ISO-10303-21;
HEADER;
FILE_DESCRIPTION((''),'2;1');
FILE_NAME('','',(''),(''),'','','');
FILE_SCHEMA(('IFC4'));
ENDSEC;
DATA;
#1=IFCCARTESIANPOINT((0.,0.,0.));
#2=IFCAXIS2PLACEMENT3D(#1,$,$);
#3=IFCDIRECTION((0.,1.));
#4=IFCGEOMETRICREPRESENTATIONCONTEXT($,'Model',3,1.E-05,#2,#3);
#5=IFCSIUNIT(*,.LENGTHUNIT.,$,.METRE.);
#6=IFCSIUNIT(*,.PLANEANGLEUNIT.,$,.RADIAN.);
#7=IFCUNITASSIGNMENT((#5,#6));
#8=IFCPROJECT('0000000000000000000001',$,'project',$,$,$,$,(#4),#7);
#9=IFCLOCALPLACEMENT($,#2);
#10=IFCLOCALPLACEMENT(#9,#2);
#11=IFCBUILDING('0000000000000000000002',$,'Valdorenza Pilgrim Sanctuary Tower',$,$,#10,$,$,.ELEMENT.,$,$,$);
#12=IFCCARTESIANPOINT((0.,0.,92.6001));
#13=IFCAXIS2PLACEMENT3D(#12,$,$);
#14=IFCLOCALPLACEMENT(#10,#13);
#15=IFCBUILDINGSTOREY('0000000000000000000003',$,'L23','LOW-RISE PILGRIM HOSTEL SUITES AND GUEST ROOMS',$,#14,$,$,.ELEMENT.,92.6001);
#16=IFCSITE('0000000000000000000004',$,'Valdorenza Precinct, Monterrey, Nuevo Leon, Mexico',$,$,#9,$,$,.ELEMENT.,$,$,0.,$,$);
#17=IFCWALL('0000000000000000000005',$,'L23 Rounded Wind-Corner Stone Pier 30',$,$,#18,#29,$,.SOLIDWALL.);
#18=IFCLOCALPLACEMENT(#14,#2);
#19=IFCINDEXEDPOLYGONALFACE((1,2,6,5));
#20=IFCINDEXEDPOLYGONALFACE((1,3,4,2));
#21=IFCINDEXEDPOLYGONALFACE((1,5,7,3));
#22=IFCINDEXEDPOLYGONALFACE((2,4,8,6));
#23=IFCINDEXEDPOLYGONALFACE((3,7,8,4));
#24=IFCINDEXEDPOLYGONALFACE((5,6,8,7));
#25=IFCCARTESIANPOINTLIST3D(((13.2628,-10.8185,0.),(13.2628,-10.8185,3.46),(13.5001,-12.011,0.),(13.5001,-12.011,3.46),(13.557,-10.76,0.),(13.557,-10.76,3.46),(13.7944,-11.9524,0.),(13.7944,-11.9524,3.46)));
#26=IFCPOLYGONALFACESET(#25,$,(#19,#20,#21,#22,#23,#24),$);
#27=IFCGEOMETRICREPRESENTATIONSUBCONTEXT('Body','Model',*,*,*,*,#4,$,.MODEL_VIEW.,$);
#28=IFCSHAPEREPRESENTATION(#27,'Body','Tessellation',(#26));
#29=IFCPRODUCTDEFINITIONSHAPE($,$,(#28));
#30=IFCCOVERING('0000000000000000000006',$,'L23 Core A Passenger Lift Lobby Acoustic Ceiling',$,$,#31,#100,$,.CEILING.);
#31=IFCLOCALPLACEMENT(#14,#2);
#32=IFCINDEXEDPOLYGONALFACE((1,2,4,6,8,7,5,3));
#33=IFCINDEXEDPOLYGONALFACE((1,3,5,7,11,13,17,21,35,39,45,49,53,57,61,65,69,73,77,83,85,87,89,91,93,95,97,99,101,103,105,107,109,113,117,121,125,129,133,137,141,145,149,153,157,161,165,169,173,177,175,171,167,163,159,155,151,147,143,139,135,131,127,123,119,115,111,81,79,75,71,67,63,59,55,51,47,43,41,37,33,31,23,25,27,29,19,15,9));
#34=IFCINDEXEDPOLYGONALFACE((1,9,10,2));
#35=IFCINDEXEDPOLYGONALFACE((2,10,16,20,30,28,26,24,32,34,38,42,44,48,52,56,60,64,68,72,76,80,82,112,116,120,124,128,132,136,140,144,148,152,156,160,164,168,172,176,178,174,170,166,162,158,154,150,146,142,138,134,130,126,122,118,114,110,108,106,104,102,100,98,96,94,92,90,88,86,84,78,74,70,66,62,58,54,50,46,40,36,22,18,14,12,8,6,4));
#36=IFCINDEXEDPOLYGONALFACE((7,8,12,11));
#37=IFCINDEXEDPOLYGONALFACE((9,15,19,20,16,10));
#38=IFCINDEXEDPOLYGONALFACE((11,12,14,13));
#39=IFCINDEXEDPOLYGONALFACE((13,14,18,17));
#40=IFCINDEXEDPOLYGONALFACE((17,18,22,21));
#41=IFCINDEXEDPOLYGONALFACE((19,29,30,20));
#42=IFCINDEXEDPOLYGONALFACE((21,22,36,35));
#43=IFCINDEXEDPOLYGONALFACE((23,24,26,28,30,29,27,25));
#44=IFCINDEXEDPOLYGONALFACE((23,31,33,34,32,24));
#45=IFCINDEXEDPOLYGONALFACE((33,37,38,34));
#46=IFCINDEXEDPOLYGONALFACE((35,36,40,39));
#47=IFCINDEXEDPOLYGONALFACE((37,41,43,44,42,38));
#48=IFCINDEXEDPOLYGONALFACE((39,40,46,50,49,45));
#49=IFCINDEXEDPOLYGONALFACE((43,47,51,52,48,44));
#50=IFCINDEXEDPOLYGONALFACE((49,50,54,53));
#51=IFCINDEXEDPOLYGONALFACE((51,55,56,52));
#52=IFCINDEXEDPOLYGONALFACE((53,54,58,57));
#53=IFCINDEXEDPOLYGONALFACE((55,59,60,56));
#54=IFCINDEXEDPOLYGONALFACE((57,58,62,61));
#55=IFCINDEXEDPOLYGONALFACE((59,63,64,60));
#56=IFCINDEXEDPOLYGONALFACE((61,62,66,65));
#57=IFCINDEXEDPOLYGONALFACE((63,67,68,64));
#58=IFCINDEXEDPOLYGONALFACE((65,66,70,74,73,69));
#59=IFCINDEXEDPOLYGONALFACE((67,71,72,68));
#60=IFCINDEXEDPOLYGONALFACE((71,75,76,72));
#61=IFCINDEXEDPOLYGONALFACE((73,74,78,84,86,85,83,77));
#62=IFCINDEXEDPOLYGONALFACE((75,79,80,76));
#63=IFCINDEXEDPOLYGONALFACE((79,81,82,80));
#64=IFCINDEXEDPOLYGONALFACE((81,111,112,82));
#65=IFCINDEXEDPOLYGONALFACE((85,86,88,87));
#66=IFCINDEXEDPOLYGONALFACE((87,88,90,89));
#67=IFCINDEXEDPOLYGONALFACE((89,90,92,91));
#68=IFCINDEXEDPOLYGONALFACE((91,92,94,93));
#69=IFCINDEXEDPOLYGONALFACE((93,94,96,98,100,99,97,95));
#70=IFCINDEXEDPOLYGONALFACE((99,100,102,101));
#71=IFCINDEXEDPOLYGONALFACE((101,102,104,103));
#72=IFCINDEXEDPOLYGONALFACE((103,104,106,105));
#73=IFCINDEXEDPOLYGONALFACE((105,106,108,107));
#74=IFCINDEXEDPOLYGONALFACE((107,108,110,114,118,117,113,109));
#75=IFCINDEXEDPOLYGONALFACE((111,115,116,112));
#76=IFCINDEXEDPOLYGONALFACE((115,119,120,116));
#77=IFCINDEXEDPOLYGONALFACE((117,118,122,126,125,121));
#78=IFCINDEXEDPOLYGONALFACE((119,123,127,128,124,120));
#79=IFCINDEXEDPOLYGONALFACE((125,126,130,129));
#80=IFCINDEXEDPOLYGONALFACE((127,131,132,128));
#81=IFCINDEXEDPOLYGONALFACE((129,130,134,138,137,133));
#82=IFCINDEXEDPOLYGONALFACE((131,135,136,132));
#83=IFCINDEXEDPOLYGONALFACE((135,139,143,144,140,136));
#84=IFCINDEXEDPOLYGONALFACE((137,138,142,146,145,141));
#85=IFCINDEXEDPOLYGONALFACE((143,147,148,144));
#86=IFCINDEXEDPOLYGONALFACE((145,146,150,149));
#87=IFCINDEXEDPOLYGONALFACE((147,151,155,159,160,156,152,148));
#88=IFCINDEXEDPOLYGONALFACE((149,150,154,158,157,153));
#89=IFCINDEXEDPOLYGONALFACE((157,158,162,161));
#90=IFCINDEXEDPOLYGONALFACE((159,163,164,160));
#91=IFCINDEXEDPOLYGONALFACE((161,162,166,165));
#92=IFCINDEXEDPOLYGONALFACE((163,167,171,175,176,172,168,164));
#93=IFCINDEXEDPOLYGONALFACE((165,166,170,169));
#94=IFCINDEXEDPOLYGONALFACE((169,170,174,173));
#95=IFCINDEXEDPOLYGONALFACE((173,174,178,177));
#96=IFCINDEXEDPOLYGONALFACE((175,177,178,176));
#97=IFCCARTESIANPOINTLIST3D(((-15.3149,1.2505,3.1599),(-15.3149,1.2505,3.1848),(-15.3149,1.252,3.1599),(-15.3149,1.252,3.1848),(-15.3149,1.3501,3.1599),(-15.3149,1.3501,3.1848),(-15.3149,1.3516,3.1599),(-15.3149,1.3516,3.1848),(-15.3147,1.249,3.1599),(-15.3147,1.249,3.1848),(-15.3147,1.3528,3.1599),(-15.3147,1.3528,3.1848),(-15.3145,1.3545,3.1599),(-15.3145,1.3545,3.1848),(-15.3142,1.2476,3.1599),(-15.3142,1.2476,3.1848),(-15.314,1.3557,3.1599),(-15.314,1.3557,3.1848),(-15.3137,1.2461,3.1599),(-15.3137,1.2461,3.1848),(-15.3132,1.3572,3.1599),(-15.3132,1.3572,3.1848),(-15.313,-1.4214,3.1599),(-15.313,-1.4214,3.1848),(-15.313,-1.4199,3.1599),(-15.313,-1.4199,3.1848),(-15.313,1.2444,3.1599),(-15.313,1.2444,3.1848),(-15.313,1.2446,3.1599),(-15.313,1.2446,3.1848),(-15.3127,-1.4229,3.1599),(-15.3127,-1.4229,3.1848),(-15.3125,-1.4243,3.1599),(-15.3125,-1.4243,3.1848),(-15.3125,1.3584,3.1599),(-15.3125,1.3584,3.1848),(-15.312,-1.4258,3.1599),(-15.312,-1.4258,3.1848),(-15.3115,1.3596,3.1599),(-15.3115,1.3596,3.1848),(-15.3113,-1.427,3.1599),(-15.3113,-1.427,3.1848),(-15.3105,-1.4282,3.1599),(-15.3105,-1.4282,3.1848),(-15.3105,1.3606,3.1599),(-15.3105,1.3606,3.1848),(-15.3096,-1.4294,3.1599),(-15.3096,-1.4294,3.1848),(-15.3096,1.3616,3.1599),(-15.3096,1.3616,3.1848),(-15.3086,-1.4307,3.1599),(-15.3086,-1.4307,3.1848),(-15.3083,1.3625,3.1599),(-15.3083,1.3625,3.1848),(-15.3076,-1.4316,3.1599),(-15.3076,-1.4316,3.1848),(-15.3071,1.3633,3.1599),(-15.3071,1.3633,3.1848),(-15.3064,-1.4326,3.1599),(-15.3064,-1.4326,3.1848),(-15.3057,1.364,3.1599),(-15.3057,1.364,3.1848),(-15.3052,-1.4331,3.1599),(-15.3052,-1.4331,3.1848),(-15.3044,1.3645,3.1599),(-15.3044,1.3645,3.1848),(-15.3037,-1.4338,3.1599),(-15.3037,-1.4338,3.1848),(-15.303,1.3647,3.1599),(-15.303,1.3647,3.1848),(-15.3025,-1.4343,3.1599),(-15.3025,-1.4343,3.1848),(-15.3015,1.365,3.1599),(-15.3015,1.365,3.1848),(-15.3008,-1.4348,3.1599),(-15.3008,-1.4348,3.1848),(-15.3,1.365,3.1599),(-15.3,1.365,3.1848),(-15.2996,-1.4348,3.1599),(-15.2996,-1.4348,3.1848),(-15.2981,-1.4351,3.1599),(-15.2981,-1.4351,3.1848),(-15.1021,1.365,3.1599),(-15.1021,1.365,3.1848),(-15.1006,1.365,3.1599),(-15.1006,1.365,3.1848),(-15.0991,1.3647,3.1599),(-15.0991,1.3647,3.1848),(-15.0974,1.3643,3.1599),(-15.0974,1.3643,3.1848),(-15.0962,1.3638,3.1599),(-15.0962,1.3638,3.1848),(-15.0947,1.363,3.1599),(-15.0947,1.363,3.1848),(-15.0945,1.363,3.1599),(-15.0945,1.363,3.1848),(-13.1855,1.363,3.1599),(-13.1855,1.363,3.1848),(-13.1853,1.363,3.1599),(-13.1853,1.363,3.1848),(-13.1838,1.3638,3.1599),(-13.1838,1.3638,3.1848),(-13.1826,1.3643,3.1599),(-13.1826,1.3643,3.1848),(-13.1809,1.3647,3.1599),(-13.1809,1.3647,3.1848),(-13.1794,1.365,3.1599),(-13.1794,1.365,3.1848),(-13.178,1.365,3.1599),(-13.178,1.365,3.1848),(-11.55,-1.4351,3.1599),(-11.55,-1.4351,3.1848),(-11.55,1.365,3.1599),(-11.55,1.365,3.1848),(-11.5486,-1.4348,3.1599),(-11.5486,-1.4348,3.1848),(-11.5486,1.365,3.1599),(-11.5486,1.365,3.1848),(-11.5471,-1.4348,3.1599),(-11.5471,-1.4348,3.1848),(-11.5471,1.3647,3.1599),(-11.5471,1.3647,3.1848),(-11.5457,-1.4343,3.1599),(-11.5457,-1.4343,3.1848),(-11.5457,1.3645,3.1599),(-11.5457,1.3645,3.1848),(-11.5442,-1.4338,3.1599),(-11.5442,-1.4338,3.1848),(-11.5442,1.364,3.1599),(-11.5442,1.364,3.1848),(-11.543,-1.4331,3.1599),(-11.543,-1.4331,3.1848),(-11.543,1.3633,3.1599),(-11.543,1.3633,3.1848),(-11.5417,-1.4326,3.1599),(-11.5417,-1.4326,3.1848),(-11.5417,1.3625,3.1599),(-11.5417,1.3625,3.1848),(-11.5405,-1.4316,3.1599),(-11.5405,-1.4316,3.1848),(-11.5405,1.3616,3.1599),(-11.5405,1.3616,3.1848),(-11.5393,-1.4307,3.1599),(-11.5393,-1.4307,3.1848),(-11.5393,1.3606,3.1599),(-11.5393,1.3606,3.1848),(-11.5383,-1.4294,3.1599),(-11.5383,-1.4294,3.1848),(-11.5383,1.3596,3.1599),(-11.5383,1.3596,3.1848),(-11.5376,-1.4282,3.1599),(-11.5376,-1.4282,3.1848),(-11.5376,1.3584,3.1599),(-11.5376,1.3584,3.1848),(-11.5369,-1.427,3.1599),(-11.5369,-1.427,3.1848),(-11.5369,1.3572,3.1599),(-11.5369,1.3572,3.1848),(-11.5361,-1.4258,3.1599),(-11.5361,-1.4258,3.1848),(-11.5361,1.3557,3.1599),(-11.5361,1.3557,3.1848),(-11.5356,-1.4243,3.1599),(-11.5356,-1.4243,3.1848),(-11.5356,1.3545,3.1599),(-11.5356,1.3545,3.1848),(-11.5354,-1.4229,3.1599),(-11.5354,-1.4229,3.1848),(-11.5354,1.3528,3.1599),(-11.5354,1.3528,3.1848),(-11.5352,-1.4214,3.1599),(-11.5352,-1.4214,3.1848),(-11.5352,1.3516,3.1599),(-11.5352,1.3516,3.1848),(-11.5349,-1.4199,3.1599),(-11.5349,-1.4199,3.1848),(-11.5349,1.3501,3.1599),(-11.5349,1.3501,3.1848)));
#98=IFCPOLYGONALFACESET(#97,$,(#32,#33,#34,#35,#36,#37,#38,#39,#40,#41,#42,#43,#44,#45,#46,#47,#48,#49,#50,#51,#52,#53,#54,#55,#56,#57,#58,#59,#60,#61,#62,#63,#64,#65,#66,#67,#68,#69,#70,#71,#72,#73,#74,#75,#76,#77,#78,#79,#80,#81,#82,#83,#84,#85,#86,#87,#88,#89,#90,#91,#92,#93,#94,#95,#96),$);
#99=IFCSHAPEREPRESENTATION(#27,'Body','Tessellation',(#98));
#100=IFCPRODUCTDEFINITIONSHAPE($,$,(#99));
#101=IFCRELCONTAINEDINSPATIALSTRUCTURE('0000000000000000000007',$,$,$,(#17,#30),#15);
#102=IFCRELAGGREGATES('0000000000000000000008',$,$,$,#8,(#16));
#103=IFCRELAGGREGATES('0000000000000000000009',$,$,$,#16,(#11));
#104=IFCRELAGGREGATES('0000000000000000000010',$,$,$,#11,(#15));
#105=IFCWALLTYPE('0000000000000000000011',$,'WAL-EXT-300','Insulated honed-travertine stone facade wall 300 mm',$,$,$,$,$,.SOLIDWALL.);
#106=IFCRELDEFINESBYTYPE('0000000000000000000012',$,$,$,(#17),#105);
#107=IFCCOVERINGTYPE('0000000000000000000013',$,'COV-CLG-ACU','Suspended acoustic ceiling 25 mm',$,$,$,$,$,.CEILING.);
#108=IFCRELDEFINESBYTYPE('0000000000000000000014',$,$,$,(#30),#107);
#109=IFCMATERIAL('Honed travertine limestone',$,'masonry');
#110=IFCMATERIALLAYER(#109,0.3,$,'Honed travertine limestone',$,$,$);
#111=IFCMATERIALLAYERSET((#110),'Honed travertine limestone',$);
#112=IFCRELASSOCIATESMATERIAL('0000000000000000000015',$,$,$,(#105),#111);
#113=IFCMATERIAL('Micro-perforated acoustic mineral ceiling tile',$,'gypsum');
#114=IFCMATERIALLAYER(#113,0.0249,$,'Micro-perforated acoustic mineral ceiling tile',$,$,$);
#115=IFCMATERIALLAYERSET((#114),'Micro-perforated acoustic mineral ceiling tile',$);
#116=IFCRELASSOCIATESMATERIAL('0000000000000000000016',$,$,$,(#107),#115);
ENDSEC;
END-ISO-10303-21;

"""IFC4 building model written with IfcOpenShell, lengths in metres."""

from ifc_helpers import new_model, si_unit, direction, frame, frame_2d, origin, place, context, subcontext, project, spatial, polyline, rectangle, outline, extrude, material, layer, layer_set, type_object, element, save


model = new_model("IFC4")

# Units and contexts
model_context = context("Model", 3, precision=1e-05, world=origin(), true_north=direction((0.0, 1.0)))
body_context = subcontext(model_context, "Body", "Model", "MODEL_VIEW")
ifc_project = project(units=[si_unit("LENGTHUNIT", "METRE"), si_unit("PLANEANGLEUNIT", "RADIAN")], contexts=[model_context])

# Site, building, storey
site_placement = place(None, origin())
site = spatial("IfcSite", under=ifc_project, at=site_placement, Name="Valdorenza Precinct, Monterrey, Nuevo Leon, Mexico", CompositionType="ELEMENT", RefElevation=0.0)
building_placement = place(site_placement, origin())
building = spatial("IfcBuilding", under=site, at=building_placement, Name="Valdorenza Pilgrim Sanctuary Tower", CompositionType="ELEMENT")
storey_placement = place(building_placement, frame((0.0, 0.0, 92.6001)))
storey = spatial("IfcBuildingStorey", under=building, at=storey_placement, Name="L23", Description="LOW-RISE PILGRIM HOSTEL SUITES AND GUEST ROOMS", CompositionType="ELEMENT", Elevation=92.6001)

# Shared definitions
ifc_material_1 = material(Name="Honed travertine limestone", Category="masonry")

# Wall
ifc_layer_1 = layer(ifc_material_1, 0.3, Name="Honed travertine limestone")
ifc_layer_set_1 = layer_set([ifc_layer_1], Name="Honed travertine limestone")
wall_type_1 = type_object("IfcWallType", Name="WAL-EXT-300", Description="Insulated honed-travertine stone facade wall 300 mm", PredefinedType="SOLIDWALL", material=ifc_layer_set_1)
wall_1_placement = place(storey_placement, frame((13.6472, -11.9817, 0.0), z_axis=(0.0, 0.0, 1.0), x_axis=(-0.195189, 0.980766, 0.0)))
element("IfcWall", 1, at=wall_1_placement, inside=storey, type_object=wall_type_1, Name="L23 Rounded Wind-Corner Stone Pier 30", PredefinedType="SOLIDWALL", context=body_context, shape_type="SweptSolid", body=[
    extrude(rectangle(XDim=1.2158, YDim=0.3, at=frame_2d((0.6079, 0.0))), origin(), (0.0, 0.0, 1.0), 3.46),
])

# Covering
ifc_material_2 = material(Name="Micro-perforated acoustic mineral ceiling tile", Category="gypsum")
ifc_layer_2 = layer(ifc_material_2, 0.0249, Name="Micro-perforated acoustic mineral ceiling tile")
ifc_layer_set_2 = layer_set([ifc_layer_2], Name="Micro-perforated acoustic mineral ceiling tile")
covering_type_1 = type_object("IfcCoveringType", Name="COV-CLG-ACU", Description="Suspended acoustic ceiling 25 mm", PredefinedType="CEILING", material=ifc_layer_set_2)
covering_1_placement = place(storey_placement, frame((0.0, 0.0, 3.1599)))
element("IfcCovering", 2, at=covering_1_placement, inside=storey, type_object=covering_type_1, Name="L23 Core A Passenger Lift Lobby Acoustic Ceiling", PredefinedType="CEILING", context=body_context, shape_type="SweptSolid", body=[
    extrude(outline(polyline([(-15.313, 1.2444), (-15.313, 1.2446), (-15.3137, 1.2461), (-15.3142, 1.2476), (-15.3147, 1.249), (-15.3149, 1.2505), (-15.3149, 1.252), (-15.3149, 1.3501), (-15.3149, 1.3516), (-15.3147, 1.3528), (-15.3145, 1.3545), (-15.314, 1.3557), (-15.3132, 1.3572), (-15.3125, 1.3584), (-15.3115, 1.3596), (-15.3105, 1.3606), (-15.3096, 1.3616), (-15.3083, 1.3625), (-15.3071, 1.3633), (-15.3057, 1.364), (-15.3044, 1.3645), (-15.303, 1.3647), (-15.3015, 1.365), (-15.3, 1.365), (-15.1021, 1.365), (-15.1006, 1.365), (-15.0991, 1.3647), (-15.0974, 1.3643), (-15.0962, 1.3638), (-15.0947, 1.363), (-15.0945, 1.363), (-13.1855, 1.363), (-13.1853, 1.363), (-13.1838, 1.3638), (-13.1826, 1.3643), (-13.1809, 1.3647), (-13.1794, 1.365), (-13.178, 1.365), (-11.55, 1.365), (-11.5486, 1.365), (-11.5471, 1.3647), (-11.5457, 1.3645), (-11.5442, 1.364), (-11.543, 1.3633), (-11.5417, 1.3625), (-11.5405, 1.3616), (-11.5393, 1.3606), (-11.5383, 1.3596), (-11.5376, 1.3584), (-11.5369, 1.3572), (-11.5361, 1.3557), (-11.5356, 1.3545), (-11.5354, 1.3528), (-11.5352, 1.3516), (-11.5349, 1.3501), (-11.5349, -1.4199), (-11.5352, -1.4214), (-11.5354, -1.4229), (-11.5356, -1.4243), (-11.5361, -1.4258), (-11.5369, -1.427), (-11.5376, -1.4282), (-11.5383, -1.4294), (-11.5393, -1.4307), (-11.5405, -1.4316), (-11.5417, -1.4326), (-11.543, -1.4331), (-11.5442, -1.4338), (-11.5457, -1.4343), (-11.5471, -1.4348), (-11.5486, -1.4348), (-11.55, -1.4351), (-15.2981, -1.4351), (-15.2996, -1.4348), (-15.3008, -1.4348), (-15.3025, -1.4343), (-15.3037, -1.4338), (-15.3052, -1.4331), (-15.3064, -1.4326), (-15.3076, -1.4316), (-15.3086, -1.4307), (-15.3096, -1.4294), (-15.3105, -1.4282), (-15.3113, -1.427), (-15.312, -1.4258), (-15.3125, -1.4243), (-15.3127, -1.4229), (-15.313, -1.4214), (-15.313, -1.4199), (-15.313, 1.2444)])), origin(), (0.0, 0.0, 1.0), 0.0249),
])

save(model, "model.ifc")
